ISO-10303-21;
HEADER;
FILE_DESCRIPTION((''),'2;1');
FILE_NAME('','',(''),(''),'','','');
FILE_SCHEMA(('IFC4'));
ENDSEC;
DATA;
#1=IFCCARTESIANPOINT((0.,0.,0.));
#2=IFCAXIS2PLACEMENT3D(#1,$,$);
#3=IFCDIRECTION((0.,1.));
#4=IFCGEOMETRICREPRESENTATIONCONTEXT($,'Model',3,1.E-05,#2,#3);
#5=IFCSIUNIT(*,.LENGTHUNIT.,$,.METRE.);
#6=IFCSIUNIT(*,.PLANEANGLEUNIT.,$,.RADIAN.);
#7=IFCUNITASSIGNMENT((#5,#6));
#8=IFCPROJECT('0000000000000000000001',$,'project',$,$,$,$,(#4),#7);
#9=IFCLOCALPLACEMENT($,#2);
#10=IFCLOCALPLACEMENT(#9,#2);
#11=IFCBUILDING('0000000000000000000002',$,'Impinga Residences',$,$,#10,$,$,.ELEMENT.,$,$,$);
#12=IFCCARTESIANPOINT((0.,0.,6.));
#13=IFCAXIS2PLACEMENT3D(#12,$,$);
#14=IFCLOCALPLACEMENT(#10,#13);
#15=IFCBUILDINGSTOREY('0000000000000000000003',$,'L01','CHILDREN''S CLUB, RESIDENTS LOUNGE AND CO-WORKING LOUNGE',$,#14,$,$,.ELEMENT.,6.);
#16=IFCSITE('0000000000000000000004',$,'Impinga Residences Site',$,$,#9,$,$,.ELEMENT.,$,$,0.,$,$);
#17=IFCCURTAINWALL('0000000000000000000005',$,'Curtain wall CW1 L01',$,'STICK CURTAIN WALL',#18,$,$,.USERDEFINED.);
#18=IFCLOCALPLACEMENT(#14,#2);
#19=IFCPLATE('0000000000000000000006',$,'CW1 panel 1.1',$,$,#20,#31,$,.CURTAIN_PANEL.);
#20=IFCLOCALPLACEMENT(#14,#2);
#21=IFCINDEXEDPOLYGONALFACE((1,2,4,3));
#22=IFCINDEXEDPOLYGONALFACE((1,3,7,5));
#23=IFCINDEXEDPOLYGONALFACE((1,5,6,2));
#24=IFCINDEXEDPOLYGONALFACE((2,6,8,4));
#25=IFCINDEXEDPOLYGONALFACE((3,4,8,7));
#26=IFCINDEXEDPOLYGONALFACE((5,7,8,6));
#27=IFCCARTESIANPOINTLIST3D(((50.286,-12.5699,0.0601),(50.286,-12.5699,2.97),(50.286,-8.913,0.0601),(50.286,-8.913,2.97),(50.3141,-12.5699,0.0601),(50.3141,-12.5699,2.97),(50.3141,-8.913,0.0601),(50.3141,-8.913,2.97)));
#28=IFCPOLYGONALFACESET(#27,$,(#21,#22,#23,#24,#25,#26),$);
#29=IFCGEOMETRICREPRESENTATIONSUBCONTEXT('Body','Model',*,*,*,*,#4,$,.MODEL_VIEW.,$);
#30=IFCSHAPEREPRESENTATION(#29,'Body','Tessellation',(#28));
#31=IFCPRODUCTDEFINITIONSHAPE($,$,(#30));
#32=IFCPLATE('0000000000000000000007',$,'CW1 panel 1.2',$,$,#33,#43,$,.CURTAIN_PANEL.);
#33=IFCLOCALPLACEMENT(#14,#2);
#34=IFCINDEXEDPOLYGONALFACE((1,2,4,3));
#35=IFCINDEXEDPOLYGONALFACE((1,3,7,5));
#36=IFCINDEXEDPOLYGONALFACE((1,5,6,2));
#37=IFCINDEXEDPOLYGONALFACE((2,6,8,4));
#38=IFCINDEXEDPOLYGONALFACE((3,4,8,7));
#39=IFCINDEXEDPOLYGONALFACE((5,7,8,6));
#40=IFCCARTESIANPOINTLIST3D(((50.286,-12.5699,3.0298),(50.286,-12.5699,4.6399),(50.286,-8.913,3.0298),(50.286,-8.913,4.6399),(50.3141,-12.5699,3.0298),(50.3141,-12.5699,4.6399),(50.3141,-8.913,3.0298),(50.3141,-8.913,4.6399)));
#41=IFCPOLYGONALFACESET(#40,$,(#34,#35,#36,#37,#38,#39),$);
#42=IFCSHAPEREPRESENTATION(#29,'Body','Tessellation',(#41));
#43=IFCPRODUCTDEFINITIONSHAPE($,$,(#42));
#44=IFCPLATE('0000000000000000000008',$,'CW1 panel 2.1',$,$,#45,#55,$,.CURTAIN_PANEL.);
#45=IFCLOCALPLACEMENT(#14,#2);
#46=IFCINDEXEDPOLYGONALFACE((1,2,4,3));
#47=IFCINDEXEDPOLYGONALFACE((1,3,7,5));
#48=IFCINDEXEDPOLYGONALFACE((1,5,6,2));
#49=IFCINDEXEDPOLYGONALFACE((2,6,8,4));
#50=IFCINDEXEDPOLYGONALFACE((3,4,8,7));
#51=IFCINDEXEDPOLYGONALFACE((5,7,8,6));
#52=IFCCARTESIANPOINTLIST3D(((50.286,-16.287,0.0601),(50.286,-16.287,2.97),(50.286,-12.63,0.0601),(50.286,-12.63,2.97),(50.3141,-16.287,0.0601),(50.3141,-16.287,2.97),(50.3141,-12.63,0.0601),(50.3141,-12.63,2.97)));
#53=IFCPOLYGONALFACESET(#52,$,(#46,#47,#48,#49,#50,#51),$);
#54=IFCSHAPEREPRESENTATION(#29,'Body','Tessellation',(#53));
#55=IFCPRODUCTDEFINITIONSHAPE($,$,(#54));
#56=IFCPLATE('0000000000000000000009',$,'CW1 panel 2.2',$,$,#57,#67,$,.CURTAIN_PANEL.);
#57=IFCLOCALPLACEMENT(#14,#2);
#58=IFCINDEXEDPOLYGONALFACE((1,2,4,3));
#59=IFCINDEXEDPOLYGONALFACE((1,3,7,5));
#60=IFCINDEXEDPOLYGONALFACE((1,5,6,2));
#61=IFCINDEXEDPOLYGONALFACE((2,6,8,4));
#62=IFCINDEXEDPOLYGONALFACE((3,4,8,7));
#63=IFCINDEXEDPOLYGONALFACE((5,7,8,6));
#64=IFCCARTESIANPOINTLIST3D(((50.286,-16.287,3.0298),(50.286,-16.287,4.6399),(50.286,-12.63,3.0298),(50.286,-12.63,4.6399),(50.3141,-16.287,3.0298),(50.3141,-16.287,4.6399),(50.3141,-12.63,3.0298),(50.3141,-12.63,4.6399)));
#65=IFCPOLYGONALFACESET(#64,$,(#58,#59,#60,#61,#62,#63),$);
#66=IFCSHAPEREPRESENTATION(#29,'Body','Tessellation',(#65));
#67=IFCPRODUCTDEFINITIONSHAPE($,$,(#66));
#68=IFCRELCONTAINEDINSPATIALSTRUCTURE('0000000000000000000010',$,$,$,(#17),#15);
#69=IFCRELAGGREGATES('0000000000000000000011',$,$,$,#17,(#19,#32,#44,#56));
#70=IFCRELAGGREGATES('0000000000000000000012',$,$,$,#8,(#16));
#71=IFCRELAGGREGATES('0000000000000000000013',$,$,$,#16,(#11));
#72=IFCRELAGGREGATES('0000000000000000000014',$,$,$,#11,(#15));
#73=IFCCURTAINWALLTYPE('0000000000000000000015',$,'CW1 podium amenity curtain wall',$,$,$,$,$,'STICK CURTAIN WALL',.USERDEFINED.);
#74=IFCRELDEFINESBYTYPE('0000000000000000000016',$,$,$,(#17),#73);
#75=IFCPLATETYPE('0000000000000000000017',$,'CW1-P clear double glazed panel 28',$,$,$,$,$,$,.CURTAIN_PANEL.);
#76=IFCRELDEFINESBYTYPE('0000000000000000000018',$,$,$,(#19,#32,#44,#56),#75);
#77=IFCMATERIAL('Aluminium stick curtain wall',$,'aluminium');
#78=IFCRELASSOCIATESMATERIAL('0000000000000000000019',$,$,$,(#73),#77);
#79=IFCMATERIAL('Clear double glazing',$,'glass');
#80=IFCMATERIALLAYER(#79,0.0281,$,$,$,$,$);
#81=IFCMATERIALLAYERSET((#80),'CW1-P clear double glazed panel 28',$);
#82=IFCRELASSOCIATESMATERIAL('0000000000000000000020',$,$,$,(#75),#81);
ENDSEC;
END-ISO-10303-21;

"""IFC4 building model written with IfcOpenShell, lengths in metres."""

from ifc_helpers import new_model, si_unit, direction, frame, origin, origin_2d, place, context, subcontext, project, spatial, rectangle, extrude, material, layer, layer_set, type_object, element, aggregate, save


model = new_model("IFC4")

# Units and contexts
model_context = context("Model", 3, precision=1e-05, world=origin(), true_north=direction((0.0, 1.0)))
body_context = subcontext(model_context, "Body", "Model", "MODEL_VIEW")
ifc_project = project(units=[si_unit("LENGTHUNIT", "METRE"), si_unit("PLANEANGLEUNIT", "RADIAN")], contexts=[model_context])

# Site, building, storey
site_placement = place(None, origin())
site = spatial("IfcSite", under=ifc_project, at=site_placement, Name="Impinga Residences Site", CompositionType="ELEMENT", RefElevation=0.0)
building_placement = place(site_placement, origin())
building = spatial("IfcBuilding", under=site, at=building_placement, Name="Impinga Residences", CompositionType="ELEMENT")
storey_placement = place(building_placement, frame((0.0, 0.0, 6.0)))
storey = spatial("IfcBuildingStorey", under=building, at=storey_placement, Name="L01", Description="CHILDREN'S CLUB, RESIDENTS LOUNGE AND CO-WORKING LOUNGE", CompositionType="ELEMENT", Elevation=6.0)

# Curtain wall
ifc_material_1 = material(Name="Aluminium stick curtain wall", Category="aluminium")
curtain_wall_type = type_object("IfcCurtainWallType", Name="CW1 podium amenity curtain wall", ElementType="STICK CURTAIN WALL", PredefinedType="USERDEFINED", material=ifc_material_1)
curtain_wall_1_placement = place(storey_placement, origin())
curtain_wall_1 = element("IfcCurtainWall", 1, at=curtain_wall_1_placement, inside=storey, type_object=curtain_wall_type, Name="Curtain wall CW1 L01", ObjectType="STICK CURTAIN WALL", PredefinedType="USERDEFINED")

# Plates
ifc_material_2 = material(Name="Clear double glazing", Category="glass")
ifc_layer = layer(ifc_material_2, 0.0281)
ifc_layer_set = layer_set([ifc_layer], Name="CW1-P clear double glazed panel 28")
plate_type = type_object("IfcPlateType", Name="CW1-P clear double glazed panel 28", PredefinedType="CURTAIN_PANEL", material=ifc_layer_set)
plate_1_placement = place(storey_placement, frame((50.3, -10.7415, 0.0601), z_axis=(0.0, 0.0, 1.0), x_axis=(0.0, -1.0, 0.0)))
plate_1 = element("IfcPlate", 2, at=plate_1_placement, type_object=plate_type, Name="CW1 panel 1.1", PredefinedType="CURTAIN_PANEL", context=body_context, shape_type="SweptSolid", body=[
    extrude(rectangle(XDim=3.657, YDim=0.0281, at=origin_2d()), origin(), (0.0, 0.0, 1.0), 2.9099),
])
plate_2_placement = place(storey_placement, frame((50.3, -10.7415, 3.0298), z_axis=(0.0, 0.0, 1.0), x_axis=(0.0, -1.0, 0.0)))
plate_2 = element("IfcPlate", 3, at=plate_2_placement, type_object=plate_type, Name="CW1 panel 1.2", PredefinedType="CURTAIN_PANEL", context=body_context, shape_type="SweptSolid", body=[
    extrude(rectangle(XDim=3.657, YDim=0.0281, at=origin_2d()), origin(), (0.0, 0.0, 1.0), 1.6101),
])
plate_3_placement = place(storey_placement, frame((50.3, -14.4585, 0.0601), z_axis=(0.0, 0.0, 1.0), x_axis=(0.0, -1.0, 0.0)))
plate_3 = element("IfcPlate", 4, at=plate_3_placement, type_object=plate_type, Name="CW1 panel 2.1", PredefinedType="CURTAIN_PANEL", context=body_context, shape_type="SweptSolid", body=[
    extrude(rectangle(XDim=3.657, YDim=0.0281, at=origin_2d()), origin(), (0.0, 0.0, 1.0), 2.9099),
])
plate_4_placement = place(storey_placement, frame((50.3, -14.4585, 3.0298), z_axis=(0.0, 0.0, 1.0), x_axis=(0.0, -1.0, 0.0)))
plate_4 = element("IfcPlate", 5, at=plate_4_placement, type_object=plate_type, Name="CW1 panel 2.2", PredefinedType="CURTAIN_PANEL", context=body_context, shape_type="SweptSolid", body=[
    extrude(rectangle(XDim=3.657, YDim=0.0281, at=origin_2d()), origin(), (0.0, 0.0, 1.0), 1.6101),
])
aggregate(curtain_wall_1, [plate_1, plate_2, plate_3, plate_4])

save(model, "model.ifc")
